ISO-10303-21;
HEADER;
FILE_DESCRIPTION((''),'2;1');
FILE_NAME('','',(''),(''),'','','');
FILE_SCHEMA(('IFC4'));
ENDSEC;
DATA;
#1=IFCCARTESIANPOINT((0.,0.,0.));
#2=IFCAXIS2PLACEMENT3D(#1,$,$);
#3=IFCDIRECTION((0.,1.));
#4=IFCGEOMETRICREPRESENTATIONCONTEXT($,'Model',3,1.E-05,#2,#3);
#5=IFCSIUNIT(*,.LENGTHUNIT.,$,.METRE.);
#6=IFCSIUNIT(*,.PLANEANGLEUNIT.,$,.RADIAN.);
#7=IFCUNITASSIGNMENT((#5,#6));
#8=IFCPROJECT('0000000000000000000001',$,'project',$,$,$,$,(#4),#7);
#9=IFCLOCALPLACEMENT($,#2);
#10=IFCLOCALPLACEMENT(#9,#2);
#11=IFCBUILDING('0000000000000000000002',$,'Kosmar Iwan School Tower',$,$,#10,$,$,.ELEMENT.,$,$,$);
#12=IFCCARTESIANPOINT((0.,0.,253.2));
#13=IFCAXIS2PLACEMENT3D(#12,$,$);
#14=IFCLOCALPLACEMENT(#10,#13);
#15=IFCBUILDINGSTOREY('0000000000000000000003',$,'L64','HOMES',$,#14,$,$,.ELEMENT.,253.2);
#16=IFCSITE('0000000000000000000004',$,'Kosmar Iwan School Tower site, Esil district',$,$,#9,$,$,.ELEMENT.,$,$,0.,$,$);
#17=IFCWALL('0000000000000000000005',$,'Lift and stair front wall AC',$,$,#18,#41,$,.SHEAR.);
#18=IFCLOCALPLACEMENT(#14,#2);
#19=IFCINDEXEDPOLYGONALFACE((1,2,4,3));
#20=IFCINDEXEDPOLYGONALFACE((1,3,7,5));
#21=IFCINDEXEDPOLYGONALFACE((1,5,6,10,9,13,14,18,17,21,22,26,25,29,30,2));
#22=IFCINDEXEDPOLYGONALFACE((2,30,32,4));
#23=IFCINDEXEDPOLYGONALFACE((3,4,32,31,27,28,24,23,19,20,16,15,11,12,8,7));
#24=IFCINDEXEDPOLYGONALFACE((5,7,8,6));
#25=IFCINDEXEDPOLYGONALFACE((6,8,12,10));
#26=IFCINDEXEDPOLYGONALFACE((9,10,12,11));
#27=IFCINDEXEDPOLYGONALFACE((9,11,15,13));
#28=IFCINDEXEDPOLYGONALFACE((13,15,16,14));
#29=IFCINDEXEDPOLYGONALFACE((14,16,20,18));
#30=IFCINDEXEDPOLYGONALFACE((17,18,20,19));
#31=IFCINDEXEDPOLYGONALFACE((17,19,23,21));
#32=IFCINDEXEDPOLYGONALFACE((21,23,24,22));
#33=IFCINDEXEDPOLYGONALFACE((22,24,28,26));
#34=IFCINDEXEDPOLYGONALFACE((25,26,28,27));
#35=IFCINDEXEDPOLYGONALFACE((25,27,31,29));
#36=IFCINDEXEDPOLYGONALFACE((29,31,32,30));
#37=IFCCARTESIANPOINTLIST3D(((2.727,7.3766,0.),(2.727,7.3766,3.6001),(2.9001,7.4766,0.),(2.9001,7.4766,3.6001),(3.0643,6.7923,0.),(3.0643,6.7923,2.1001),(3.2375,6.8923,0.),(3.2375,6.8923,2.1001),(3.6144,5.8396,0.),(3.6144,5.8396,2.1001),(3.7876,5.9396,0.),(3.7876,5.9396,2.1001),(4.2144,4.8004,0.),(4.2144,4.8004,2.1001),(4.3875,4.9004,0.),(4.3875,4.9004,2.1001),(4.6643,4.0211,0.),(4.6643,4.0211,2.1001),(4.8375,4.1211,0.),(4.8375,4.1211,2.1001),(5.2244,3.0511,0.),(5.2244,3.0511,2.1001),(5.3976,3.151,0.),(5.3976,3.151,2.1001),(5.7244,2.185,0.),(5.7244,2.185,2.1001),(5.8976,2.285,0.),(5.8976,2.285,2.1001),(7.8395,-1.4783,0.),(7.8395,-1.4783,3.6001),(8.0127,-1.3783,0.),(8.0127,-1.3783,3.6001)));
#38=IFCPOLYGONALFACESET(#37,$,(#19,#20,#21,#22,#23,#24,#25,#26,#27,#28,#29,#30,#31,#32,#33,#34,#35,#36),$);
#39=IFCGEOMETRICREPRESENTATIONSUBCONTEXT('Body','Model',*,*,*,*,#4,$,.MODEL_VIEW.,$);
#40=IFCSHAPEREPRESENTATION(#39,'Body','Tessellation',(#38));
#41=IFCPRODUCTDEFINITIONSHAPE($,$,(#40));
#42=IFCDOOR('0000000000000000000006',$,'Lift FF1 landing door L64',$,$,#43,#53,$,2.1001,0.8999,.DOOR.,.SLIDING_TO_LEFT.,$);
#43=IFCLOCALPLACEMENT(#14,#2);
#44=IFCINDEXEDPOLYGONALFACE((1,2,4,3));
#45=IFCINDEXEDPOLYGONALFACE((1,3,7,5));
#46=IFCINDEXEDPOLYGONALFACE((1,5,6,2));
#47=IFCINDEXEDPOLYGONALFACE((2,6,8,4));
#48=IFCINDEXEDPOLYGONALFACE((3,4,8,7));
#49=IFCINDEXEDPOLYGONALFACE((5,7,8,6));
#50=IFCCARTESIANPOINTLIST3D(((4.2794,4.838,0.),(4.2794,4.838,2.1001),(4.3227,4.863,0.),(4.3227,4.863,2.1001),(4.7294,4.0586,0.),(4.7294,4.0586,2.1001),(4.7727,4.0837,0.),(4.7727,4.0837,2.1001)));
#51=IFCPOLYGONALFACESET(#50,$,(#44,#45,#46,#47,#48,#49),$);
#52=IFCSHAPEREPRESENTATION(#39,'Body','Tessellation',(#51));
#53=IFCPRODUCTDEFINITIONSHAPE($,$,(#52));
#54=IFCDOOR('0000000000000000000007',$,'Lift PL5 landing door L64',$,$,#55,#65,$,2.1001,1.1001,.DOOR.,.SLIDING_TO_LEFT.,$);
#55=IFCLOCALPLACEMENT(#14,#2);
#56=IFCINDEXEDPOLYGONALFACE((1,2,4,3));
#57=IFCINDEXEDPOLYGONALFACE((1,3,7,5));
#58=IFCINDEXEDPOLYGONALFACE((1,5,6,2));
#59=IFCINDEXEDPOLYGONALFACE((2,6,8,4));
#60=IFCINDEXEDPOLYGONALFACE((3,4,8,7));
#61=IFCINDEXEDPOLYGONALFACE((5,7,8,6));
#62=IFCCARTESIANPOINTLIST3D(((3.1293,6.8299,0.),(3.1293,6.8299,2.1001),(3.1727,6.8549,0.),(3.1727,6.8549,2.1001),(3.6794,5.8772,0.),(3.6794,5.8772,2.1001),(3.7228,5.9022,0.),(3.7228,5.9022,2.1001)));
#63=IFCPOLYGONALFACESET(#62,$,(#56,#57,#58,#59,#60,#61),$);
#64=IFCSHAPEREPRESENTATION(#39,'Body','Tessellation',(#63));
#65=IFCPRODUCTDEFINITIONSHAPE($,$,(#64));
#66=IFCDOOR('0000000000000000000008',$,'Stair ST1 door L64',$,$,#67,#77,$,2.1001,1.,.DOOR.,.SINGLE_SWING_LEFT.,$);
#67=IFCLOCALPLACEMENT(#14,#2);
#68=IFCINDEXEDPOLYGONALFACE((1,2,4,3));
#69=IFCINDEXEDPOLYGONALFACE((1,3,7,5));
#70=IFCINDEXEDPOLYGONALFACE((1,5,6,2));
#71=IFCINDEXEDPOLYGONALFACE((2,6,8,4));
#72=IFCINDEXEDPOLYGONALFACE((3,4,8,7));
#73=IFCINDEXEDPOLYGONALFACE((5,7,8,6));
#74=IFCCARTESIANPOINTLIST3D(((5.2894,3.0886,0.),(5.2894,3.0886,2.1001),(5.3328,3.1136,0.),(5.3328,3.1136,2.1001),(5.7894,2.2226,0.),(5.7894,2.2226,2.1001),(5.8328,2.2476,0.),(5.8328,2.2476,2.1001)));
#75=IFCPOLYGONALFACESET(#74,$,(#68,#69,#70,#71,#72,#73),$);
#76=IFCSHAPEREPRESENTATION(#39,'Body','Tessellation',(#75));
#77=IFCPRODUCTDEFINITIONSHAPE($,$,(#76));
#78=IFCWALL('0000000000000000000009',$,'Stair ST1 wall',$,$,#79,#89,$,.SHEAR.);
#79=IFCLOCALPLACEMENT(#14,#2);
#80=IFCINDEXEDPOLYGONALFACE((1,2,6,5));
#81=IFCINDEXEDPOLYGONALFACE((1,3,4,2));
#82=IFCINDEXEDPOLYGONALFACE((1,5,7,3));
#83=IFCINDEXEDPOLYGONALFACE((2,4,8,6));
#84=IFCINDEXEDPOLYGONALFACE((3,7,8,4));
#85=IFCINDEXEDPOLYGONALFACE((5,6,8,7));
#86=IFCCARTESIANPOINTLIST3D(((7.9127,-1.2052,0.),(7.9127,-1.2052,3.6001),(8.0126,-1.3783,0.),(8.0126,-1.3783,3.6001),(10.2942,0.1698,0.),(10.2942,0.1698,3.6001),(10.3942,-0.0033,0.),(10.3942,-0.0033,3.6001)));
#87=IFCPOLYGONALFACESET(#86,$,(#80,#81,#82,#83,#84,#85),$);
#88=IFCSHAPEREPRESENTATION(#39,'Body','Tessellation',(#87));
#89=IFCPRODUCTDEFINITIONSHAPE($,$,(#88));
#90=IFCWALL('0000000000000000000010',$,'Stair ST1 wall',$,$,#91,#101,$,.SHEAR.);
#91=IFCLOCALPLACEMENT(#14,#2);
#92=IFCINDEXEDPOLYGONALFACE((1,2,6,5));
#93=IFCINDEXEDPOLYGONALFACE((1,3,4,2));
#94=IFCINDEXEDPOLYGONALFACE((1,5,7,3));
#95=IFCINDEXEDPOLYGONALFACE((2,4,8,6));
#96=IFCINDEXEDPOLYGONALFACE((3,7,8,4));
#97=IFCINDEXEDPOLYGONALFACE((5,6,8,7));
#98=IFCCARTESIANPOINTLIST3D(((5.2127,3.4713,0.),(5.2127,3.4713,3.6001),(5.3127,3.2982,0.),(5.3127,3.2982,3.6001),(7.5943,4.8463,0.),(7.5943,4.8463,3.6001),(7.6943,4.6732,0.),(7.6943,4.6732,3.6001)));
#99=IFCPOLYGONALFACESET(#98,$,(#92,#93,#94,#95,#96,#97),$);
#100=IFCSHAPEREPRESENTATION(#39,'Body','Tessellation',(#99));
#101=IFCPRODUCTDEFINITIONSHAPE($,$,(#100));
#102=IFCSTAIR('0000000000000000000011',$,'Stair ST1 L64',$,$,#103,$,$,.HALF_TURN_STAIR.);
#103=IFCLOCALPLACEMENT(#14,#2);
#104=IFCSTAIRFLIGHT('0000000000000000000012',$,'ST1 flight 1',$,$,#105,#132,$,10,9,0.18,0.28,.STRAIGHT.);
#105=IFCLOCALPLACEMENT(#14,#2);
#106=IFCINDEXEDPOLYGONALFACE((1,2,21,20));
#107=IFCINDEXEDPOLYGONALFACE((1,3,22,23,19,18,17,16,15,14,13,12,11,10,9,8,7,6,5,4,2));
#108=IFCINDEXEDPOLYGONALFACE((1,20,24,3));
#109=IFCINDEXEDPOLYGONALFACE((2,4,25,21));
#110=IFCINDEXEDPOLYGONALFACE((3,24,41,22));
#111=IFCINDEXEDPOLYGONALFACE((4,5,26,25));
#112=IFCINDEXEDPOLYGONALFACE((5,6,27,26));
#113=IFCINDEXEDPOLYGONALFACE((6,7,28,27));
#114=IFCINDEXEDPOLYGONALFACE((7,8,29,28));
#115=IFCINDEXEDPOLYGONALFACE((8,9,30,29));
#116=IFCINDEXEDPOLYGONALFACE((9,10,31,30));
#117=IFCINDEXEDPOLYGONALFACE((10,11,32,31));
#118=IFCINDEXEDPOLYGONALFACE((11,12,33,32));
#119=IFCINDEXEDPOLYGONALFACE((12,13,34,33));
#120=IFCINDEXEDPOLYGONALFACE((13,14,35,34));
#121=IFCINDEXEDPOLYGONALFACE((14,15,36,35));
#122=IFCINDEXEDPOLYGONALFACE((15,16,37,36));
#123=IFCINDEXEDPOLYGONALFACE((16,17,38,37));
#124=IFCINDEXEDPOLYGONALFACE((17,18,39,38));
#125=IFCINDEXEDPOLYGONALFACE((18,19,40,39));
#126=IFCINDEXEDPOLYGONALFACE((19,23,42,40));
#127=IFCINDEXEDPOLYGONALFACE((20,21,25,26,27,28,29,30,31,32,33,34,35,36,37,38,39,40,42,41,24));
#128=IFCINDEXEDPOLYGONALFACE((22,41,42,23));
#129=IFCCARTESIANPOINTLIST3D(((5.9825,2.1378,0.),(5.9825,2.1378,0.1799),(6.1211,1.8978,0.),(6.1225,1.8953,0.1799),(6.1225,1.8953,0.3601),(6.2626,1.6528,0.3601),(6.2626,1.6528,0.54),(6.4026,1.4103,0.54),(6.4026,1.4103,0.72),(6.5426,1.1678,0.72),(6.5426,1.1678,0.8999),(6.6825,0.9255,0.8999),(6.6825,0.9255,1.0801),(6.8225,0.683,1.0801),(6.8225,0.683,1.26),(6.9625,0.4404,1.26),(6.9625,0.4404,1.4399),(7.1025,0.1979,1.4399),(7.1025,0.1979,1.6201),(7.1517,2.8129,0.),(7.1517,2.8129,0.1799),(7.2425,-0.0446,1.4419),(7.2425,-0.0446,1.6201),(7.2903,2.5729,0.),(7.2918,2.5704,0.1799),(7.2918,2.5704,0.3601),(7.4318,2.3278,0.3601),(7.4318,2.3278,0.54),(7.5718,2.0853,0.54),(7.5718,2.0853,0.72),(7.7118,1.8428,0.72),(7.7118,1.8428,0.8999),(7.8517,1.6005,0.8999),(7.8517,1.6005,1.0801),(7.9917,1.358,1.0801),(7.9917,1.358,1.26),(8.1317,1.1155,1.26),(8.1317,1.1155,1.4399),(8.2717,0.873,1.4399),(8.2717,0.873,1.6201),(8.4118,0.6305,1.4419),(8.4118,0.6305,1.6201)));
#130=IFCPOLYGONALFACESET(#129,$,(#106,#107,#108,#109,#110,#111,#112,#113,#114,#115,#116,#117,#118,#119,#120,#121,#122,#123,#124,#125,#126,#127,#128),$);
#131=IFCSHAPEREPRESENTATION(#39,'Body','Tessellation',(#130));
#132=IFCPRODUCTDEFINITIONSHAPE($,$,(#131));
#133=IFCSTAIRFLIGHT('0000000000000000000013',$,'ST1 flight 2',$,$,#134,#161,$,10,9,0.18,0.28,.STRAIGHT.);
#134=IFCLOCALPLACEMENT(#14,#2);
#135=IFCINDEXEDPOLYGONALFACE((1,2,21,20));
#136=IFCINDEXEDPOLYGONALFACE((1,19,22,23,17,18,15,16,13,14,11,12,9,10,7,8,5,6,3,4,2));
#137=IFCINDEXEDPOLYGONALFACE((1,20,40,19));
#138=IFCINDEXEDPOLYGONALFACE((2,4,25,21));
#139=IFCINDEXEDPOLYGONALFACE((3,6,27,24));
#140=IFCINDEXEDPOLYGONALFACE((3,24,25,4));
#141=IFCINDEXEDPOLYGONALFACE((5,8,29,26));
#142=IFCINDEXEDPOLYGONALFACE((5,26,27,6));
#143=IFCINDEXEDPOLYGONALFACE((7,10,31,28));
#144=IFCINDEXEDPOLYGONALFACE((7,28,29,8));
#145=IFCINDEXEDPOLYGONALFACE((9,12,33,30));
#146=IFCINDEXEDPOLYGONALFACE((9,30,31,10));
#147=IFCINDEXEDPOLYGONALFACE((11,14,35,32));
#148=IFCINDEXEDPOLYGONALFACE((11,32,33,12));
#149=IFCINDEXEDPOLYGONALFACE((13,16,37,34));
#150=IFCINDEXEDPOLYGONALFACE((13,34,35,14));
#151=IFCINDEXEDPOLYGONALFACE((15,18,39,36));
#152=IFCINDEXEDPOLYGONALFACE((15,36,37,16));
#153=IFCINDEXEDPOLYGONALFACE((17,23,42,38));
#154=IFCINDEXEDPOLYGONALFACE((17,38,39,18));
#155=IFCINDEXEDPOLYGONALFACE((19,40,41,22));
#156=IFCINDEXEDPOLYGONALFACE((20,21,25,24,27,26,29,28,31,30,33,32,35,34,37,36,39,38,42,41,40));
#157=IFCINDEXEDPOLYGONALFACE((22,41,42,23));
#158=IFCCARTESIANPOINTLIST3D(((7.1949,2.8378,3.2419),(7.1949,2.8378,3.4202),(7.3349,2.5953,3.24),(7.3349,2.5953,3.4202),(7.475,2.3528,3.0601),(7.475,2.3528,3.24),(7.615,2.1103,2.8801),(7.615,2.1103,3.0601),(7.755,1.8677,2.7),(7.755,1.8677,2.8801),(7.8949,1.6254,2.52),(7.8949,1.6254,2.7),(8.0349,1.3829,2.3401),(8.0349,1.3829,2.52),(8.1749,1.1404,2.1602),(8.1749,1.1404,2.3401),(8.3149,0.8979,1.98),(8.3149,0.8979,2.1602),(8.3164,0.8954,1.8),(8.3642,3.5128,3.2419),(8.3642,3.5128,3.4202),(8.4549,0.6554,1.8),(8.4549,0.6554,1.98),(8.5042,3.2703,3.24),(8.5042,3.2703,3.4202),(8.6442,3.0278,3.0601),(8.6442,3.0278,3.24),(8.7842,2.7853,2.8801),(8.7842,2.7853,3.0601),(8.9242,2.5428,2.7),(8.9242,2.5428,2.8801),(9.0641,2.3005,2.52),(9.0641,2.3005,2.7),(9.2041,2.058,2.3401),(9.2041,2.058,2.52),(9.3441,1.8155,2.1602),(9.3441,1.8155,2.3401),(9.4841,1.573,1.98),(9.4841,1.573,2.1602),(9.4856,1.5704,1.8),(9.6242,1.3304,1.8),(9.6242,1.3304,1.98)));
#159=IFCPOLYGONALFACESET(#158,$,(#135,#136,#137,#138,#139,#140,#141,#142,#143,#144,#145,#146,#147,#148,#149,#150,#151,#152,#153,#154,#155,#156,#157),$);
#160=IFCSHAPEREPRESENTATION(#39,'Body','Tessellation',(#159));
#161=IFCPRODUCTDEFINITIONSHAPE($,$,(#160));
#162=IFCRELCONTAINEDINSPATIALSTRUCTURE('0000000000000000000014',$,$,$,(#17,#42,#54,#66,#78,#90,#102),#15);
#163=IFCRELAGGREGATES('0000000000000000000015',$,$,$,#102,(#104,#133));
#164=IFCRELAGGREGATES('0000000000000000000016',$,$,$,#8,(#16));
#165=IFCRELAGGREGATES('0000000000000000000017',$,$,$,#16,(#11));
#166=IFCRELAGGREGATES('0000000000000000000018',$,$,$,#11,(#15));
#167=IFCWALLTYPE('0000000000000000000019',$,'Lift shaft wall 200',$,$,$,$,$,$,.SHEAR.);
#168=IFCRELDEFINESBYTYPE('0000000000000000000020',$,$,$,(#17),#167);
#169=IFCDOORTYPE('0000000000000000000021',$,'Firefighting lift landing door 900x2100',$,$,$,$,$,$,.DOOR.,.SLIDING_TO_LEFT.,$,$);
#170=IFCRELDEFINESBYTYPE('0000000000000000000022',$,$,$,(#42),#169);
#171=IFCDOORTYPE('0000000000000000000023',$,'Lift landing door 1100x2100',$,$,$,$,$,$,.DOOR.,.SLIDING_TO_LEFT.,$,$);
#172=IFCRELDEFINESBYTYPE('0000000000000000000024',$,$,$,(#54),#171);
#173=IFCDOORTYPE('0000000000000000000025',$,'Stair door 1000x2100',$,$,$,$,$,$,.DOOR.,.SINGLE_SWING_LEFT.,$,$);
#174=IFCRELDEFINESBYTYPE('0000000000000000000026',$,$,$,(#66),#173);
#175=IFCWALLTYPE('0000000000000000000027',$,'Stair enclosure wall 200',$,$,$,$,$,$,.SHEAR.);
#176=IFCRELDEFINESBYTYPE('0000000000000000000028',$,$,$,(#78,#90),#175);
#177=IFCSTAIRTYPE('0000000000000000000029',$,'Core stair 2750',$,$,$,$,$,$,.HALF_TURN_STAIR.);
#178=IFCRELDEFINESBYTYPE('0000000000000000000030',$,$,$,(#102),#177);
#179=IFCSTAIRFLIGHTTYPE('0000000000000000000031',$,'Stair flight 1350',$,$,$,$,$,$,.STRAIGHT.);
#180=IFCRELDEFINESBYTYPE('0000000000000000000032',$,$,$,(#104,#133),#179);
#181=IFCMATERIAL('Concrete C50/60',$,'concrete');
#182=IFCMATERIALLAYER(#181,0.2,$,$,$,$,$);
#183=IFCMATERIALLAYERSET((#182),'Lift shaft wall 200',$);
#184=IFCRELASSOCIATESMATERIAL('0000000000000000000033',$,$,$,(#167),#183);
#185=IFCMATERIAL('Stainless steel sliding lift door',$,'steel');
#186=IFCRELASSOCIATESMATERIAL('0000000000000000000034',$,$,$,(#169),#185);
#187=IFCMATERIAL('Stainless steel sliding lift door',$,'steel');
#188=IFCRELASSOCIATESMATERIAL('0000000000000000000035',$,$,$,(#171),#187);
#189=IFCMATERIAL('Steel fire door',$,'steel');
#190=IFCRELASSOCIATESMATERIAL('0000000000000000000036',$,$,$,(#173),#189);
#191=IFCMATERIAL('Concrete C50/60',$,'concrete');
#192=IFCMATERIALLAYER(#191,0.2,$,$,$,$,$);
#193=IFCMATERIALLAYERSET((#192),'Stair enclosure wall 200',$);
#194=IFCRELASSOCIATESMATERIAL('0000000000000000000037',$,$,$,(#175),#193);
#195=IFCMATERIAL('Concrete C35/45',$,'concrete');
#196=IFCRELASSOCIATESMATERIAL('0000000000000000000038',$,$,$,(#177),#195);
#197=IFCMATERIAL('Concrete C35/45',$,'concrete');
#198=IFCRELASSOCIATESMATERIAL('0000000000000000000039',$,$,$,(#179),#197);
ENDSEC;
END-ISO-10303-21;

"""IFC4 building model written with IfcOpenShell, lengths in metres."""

from ifc_helpers import new_model, si_unit, direction, frame, frame_2d, origin, place, context, subcontext, project, spatial, polyline, rectangle, outline, extrude, material, layer, layer_set, type_object, element, fill, aggregate, save


model = new_model("IFC4")

# Units and contexts
model_context = context("Model", 3, precision=1e-05, world=origin(), true_north=direction((0.0, 1.0)))
body_context = subcontext(model_context, "Body", "Model", "MODEL_VIEW")
ifc_project = project(units=[si_unit("LENGTHUNIT", "METRE"), si_unit("PLANEANGLEUNIT", "RADIAN")], contexts=[model_context])

# Site, building, storey
site_placement = place(None, origin())
site = spatial("IfcSite", under=ifc_project, at=site_placement, Name="Kosmar Iwan School Tower site, Esil district", CompositionType="ELEMENT", RefElevation=0.0)
building_placement = place(site_placement, origin())
building = spatial("IfcBuilding", under=site, at=building_placement, Name="Kosmar Iwan School Tower", CompositionType="ELEMENT")
storey_placement = place(building_placement, frame((0.0, 0.0, 253.2)))
storey = spatial("IfcBuildingStorey", under=building, at=storey_placement, Name="L64", Description="HOMES", CompositionType="ELEMENT", Elevation=253.2)

# Wall, openings, doors
ifc_material_1 = material(Name="Concrete C50/60", Category="concrete")
ifc_layer_1 = layer(ifc_material_1, 0.2)
ifc_layer_set_1 = layer_set([ifc_layer_1], Name="Lift shaft wall 200")
wall_type_1 = type_object("IfcWallType", Name="Lift shaft wall 200", PredefinedType="SHEAR", material=ifc_layer_set_1)
wall_1_placement = place(storey_placement, frame((7.926, -1.4282, 0.0), z_axis=(0.0, 0.0, 1.0), x_axis=(-0.500009, 0.86602, 0.0)))
wall_1 = element("IfcWall", 1, at=wall_1_placement, inside=storey, type_object=wall_type_1, Name="Lift and stair front wall AC", PredefinedType="SHEAR", context=body_context, shape_type="SweptSolid", body=[
    extrude(rectangle(XDim=10.2249, YDim=0.2, at=frame_2d((5.1123, 0.0))), origin(), (0.0, 0.0, 1.0), 3.6001),
])
opening_1_placement = place(wall_1_placement, frame((6.3501, 0.0, 0.0)))
opening_1 = element("IfcOpeningElement", 2, at=opening_1_placement, cuts=wall_1, PredefinedType="OPENING", context=body_context, shape_type="SweptSolid", body=[
    extrude(rectangle(XDim=0.8999, YDim=2.1001, at=frame_2d((0.45, 1.05))), frame((0.0, 0.1121, 0.0), z_axis=(0.0, -1.0, 0.0), x_axis=(1.0, 0.0, 0.0)), (0.0, 0.0, 1.0), 0.2239),
])
opening_2_placement = place(wall_1_placement, frame((8.45, 0.0, 0.0)))
opening_2 = element("IfcOpeningElement", 3, at=opening_2_placement, cuts=wall_1, PredefinedType="OPENING", context=body_context, shape_type="SweptSolid", body=[
    extrude(rectangle(XDim=1.1001, YDim=2.1001, at=frame_2d((0.55, 1.05))), frame((0.0, 0.1121, 0.0), z_axis=(0.0, -1.0, 0.0), x_axis=(1.0, 0.0, 0.0)), (0.0, 0.0, 1.0), 0.2239),
])
opening_3_placement = place(wall_1_placement, frame((4.23, 0.0, 0.0)))
opening_3 = element("IfcOpeningElement", 4, at=opening_3_placement, cuts=wall_1, PredefinedType="OPENING", context=body_context, shape_type="SweptSolid", body=[
    extrude(rectangle(XDim=1.0, YDim=2.1001, at=frame_2d((0.5, 1.05))), frame((0.0, 0.1121, 0.0), z_axis=(0.0, -1.0, 0.0), x_axis=(1.0, 0.0, 0.0)), (0.0, 0.0, 1.0), 0.2239),
])
ifc_material_2 = material(Name="Stainless steel sliding lift door", Category="steel")
door_type_1 = type_object("IfcDoorType", Name="Firefighting lift landing door 900x2100", OperationType="SLIDING_TO_LEFT", PredefinedType="DOOR", material=ifc_material_2)
door_1_placement = place(opening_1_placement, origin())
door_1 = element("IfcDoor", 5, at=door_1_placement, inside=storey, type_object=door_type_1, Name="Lift FF1 landing door L64", OperationType="SLIDING_TO_LEFT", OverallHeight=2.1001, OverallWidth=0.8999, PredefinedType="DOOR", context=body_context, shape_type="SweptSolid", body=[
    extrude(rectangle(XDim=0.8999, YDim=2.1001, at=frame_2d((0.45, 1.05))), frame((0.0, 0.0249, 0.0), z_axis=(0.0, -1.0, 0.0), x_axis=(1.0, 0.0, 0.0)), (0.0, 0.0, 1.0), 0.05),
])
fill(opening_1, door_1)
ifc_material_3 = material(Name="Stainless steel sliding lift door", Category="steel")
door_type_2 = type_object("IfcDoorType", Name="Lift landing door 1100x2100", OperationType="SLIDING_TO_LEFT", PredefinedType="DOOR", material=ifc_material_3)
door_2_placement = place(opening_2_placement, origin())
door_2 = element("IfcDoor", 6, at=door_2_placement, inside=storey, type_object=door_type_2, Name="Lift PL5 landing door L64", OperationType="SLIDING_TO_LEFT", OverallHeight=2.1001, OverallWidth=1.1001, PredefinedType="DOOR", context=body_context, shape_type="SweptSolid", body=[
    extrude(rectangle(XDim=1.1001, YDim=2.1001, at=frame_2d((0.55, 1.05))), frame((0.0, 0.0249, 0.0), z_axis=(0.0, -1.0, 0.0), x_axis=(1.0, 0.0, 0.0)), (0.0, 0.0, 1.0), 0.05),
])
fill(opening_2, door_2)
ifc_material_4 = material(Name="Steel fire door", Category="steel")
door_type_3 = type_object("IfcDoorType", Name="Stair door 1000x2100", OperationType="SINGLE_SWING_LEFT", PredefinedType="DOOR", material=ifc_material_4)
door_3_placement = place(opening_3_placement, origin())
door_3 = element("IfcDoor", 7, at=door_3_placement, inside=storey, type_object=door_type_3, Name="Stair ST1 door L64", OperationType="SINGLE_SWING_LEFT", OverallHeight=2.1001, OverallWidth=1.0, PredefinedType="DOOR", context=body_context, shape_type="SweptSolid", body=[
    extrude(rectangle(XDim=1.0, YDim=2.1001, at=frame_2d((0.5, 1.05))), frame((0.0, 0.0249, 0.0), z_axis=(0.0, -1.0, 0.0), x_axis=(1.0, 0.0, 0.0)), (0.0, 0.0, 1.0), 0.05),
])
fill(opening_3, door_3)

# Walls
ifc_material_5 = material(Name="Concrete C50/60", Category="concrete")
ifc_layer_2 = layer(ifc_material_5, 0.2)
ifc_layer_set_2 = layer_set([ifc_layer_2], Name="Stair enclosure wall 200")
wall_type_2 = type_object("IfcWallType", Name="Stair enclosure wall 200", PredefinedType="SHEAR", material=ifc_layer_set_2)
for number, where, z_axis, x_axis, name in (
    (8, (7.9626, -1.2917, 0.0), (0.0, 0.0, 1.0), (0.866027, 0.499997, 0.0), "Stair ST1 wall"),
    (9, (5.2627, 3.3848, 0.0), (0.0, 0.0, 1.0), (0.866027, 0.499997, 0.0), "Stair ST1 wall"),
):
    element("IfcWall", number, at=place(storey_placement, frame(where, z_axis=z_axis, x_axis=x_axis)), inside=storey, type_object=wall_type_2, Name=name, PredefinedType="SHEAR", context=body_context, shape_type="SweptSolid", body=[
        extrude(rectangle(XDim=2.75, YDim=0.2, at=frame_2d((1.375, 0.0))), origin(), (0.0, 0.0, 1.0), 3.6001),
    ])

# Stair, stair flights
ifc_material_6 = material(Name="Concrete C35/45", Category="concrete")
stair_type = type_object("IfcStairType", Name="Core stair 2750", PredefinedType="HALF_TURN_STAIR", material=ifc_material_6)
stair_placement = place(storey_placement, origin())
stair = element("IfcStair", 10, at=stair_placement, inside=storey, type_object=stair_type, Name="Stair ST1 L64", PredefinedType="HALF_TURN_STAIR")
ifc_material_7 = material(Name="Concrete C35/45", Category="concrete")
stair_flight_type = type_object("IfcStairFlightType", Name="Stair flight 1350", PredefinedType="STRAIGHT", material=ifc_material_7)
stair_flight_1_placement = place(storey_placement, frame((6.5671, 2.4753, 0.0), z_axis=(0.0, 0.0, 1.0), x_axis=(0.5, -0.866025, 0.0)))
stair_flight_1 = element("IfcStairFlight", 11, at=stair_flight_1_placement, type_object=stair_flight_type, Name="ST1 flight 1", NumberOfRisers=10, NumberOfTreads=9, PredefinedType="STRAIGHT", RiserHeight=0.18, TreadLength=0.28, context=body_context, shape_type="SweptSolid", body=[
    extrude(outline(polyline([(0.0, 0.0), (0.0, 0.1799), (0.28, 0.1799), (0.28, 0.3601), (0.5601, 0.3601), (0.5601, 0.54), (0.8401, 0.54), (0.8401, 0.72), (1.1201, 0.72), (1.1201, 0.8999), (1.3999, 0.8999), (1.3999, 1.0801), (1.6799, 1.0801), (1.6799, 1.26), (1.96, 1.26), (1.96, 1.4399), (2.24, 1.4399), (2.24, 1.6201), (2.52, 1.6201), (2.52, 1.8), (2.52, 1.4419), (0.2771, 0.0), (0.0, 0.0)])), frame((0.0, 0.675, 0.0), z_axis=(0.0, -1.0, 0.0), x_axis=(1.0, 0.0, 0.0)), (0.0, 0.0, 1.0), 1.3501),
])
stair_flight_2_placement = place(storey_placement, frame((9.0396, 0.9929, 1.8), z_axis=(0.0, 0.0, 1.0), x_axis=(-0.5, 0.866025, 0.0)))
stair_flight_2 = element("IfcStairFlight", 12, at=stair_flight_2_placement, type_object=stair_flight_type, Name="ST1 flight 2", NumberOfRisers=10, NumberOfTreads=9, PredefinedType="STRAIGHT", RiserHeight=0.18, TreadLength=0.28, context=body_context, shape_type="SweptSolid", body=[
    extrude(outline(polyline([(0.0, 0.0), (0.0, 0.1799), (0.28, 0.1799), (0.28, 0.3601), (0.5601, 0.3601), (0.5601, 0.54), (0.8401, 0.54), (0.8401, 0.72), (1.1201, 0.72), (1.1201, 0.8999), (1.3999, 0.8999), (1.3999, 1.0801), (1.6799, 1.0801), (1.6799, 1.26), (1.96, 1.26), (1.96, 1.4399), (2.24, 1.4399), (2.24, 1.6201), (2.52, 1.6201), (2.52, 1.8), (2.52, 1.4419), (0.2771, 0.0), (0.0, 0.0)])), frame((0.0, 0.675, 0.0), z_axis=(0.0, -1.0, 0.0), x_axis=(1.0, 0.0, 0.0)), (0.0, 0.0, 1.0), 1.3501),
])
aggregate(stair, [stair_flight_1, stair_flight_2])

save(model, "model.ifc")
